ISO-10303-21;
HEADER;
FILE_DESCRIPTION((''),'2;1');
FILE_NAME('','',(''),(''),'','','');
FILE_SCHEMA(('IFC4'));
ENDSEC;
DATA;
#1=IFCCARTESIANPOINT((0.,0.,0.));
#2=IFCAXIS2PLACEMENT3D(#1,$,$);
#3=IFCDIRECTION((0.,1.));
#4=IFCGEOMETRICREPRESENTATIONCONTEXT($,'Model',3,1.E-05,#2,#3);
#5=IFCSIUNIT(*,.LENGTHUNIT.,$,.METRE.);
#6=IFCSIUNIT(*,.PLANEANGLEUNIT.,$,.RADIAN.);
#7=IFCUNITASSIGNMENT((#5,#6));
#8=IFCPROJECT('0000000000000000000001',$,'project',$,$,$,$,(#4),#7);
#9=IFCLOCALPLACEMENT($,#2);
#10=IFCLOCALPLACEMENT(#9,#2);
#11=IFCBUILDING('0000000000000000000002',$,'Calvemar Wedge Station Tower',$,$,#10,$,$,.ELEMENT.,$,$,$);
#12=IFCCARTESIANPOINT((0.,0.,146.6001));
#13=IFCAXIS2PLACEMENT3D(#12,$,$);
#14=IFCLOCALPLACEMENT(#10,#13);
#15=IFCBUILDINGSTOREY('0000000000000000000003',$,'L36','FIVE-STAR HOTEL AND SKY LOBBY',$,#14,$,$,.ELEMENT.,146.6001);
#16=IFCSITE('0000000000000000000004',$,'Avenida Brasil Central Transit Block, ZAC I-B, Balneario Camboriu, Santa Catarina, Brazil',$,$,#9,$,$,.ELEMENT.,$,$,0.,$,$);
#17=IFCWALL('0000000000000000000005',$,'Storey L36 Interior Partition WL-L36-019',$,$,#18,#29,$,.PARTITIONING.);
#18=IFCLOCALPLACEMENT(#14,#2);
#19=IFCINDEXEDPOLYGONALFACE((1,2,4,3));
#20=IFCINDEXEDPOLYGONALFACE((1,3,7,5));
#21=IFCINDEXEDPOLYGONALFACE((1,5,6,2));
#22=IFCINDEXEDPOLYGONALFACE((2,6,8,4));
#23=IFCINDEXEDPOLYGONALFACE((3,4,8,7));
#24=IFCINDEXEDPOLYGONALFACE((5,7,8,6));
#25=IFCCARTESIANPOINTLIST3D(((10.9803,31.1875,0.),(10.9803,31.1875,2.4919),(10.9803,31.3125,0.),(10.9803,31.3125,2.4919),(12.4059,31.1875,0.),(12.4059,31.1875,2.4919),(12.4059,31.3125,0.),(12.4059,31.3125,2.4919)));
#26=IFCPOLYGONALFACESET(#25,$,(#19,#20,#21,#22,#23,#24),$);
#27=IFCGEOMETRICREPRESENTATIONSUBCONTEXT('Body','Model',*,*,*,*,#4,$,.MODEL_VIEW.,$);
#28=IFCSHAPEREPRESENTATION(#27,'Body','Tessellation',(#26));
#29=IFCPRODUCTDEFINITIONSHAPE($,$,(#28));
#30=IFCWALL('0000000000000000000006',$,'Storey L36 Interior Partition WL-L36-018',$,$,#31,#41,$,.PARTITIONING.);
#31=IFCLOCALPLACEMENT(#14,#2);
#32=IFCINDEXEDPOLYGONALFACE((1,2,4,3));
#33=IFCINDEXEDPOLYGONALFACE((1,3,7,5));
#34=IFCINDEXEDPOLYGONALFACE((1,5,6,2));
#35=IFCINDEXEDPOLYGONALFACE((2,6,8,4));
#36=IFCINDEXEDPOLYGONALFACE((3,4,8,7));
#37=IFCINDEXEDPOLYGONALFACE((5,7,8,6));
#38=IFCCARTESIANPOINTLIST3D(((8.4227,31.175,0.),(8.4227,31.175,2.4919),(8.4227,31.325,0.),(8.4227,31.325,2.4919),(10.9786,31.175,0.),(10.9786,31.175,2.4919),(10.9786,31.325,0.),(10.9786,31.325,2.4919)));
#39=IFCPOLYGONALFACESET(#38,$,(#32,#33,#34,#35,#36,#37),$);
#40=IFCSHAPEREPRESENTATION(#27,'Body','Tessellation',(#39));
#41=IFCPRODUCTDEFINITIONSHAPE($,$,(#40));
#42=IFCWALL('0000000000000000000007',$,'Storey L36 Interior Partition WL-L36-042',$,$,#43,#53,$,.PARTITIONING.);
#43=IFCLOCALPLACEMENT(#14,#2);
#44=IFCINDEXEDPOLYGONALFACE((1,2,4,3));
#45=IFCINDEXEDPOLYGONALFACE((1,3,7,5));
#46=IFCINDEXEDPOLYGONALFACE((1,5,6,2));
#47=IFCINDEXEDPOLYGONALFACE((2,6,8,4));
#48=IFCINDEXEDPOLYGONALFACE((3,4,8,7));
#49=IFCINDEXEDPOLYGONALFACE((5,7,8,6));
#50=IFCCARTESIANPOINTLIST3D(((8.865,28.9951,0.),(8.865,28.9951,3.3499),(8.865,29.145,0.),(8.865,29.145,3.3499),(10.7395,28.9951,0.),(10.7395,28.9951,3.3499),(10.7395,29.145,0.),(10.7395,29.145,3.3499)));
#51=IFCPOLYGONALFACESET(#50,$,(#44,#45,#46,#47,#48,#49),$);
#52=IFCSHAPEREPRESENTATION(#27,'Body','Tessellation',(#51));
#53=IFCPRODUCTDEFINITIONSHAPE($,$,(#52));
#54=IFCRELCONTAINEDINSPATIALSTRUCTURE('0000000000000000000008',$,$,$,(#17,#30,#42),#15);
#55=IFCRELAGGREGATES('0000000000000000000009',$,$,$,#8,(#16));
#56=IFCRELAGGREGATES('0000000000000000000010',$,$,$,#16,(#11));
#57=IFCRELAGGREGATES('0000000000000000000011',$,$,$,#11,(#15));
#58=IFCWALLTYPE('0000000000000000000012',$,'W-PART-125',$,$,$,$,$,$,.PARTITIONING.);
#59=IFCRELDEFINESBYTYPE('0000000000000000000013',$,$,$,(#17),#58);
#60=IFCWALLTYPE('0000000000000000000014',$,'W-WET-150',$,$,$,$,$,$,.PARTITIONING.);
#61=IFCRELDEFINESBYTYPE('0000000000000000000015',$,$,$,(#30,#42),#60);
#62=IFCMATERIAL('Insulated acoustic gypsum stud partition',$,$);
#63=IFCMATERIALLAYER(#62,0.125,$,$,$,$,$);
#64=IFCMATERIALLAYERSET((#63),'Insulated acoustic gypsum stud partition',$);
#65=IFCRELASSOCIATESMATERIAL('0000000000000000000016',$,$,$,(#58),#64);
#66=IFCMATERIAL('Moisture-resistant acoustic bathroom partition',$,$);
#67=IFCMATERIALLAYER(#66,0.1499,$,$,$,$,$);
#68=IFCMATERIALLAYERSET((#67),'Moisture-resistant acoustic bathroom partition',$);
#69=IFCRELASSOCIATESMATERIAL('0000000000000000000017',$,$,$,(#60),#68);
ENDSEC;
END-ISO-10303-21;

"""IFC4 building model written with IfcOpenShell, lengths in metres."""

from ifc_helpers import new_model, si_unit, direction, frame, frame_2d, origin, place, context, subcontext, project, spatial, rectangle, extrude, material, layer, layer_set, type_object, element, save


model = new_model("IFC4")

# Units and contexts
model_context = context("Model", 3, precision=1e-05, world=origin(), true_north=direction((0.0, 1.0)))
body_context = subcontext(model_context, "Body", "Model", "MODEL_VIEW")
ifc_project = project(units=[si_unit("LENGTHUNIT", "METRE"), si_unit("PLANEANGLEUNIT", "RADIAN")], contexts=[model_context])

# Site, building, storey
site_placement = place(None, origin())
site = spatial("IfcSite", under=ifc_project, at=site_placement, Name="Avenida Brasil Central Transit Block, ZAC I-B, Balneario Camboriu, Santa Catarina, Brazil", CompositionType="ELEMENT", RefElevation=0.0)
building_placement = place(site_placement, origin())
building = spatial("IfcBuilding", under=site, at=building_placement, Name="Calvemar Wedge Station Tower", CompositionType="ELEMENT")
storey_placement = place(building_placement, frame((0.0, 0.0, 146.6001)))
storey = spatial("IfcBuildingStorey", under=building, at=storey_placement, Name="L36", Description="FIVE-STAR HOTEL AND SKY LOBBY", CompositionType="ELEMENT", Elevation=146.6001)

# Walls
ifc_material_1 = material(Name="Insulated acoustic gypsum stud partition")
ifc_layer_1 = layer(ifc_material_1, 0.125)
ifc_layer_set_1 = layer_set([ifc_layer_1], Name="Insulated acoustic gypsum stud partition")
wall_type_1 = type_object("IfcWallType", Name="W-PART-125", PredefinedType="PARTITIONING", material=ifc_layer_set_1)
wall_1_placement = place(storey_placement, frame((12.406, 31.25, 0.0), z_axis=(0.0, 0.0, 1.0), x_axis=(-1.0, 0.0, 0.0)))
element("IfcWall", 1, at=wall_1_placement, inside=storey, type_object=wall_type_1, Name="Storey L36 Interior Partition WL-L36-019", PredefinedType="PARTITIONING", context=body_context, shape_type="SweptSolid", body=[
    extrude(rectangle(XDim=1.4255, YDim=0.125, at=frame_2d((0.7129, 0.0))), origin(), (0.0, 0.0, 1.0), 2.4919),
])
ifc_material_2 = material(Name="Moisture-resistant acoustic bathroom partition")
ifc_layer_2 = layer(ifc_material_2, 0.1499)
ifc_layer_set_2 = layer_set([ifc_layer_2], Name="Moisture-resistant acoustic bathroom partition")
wall_type_2 = type_object("IfcWallType", Name="W-WET-150", PredefinedType="PARTITIONING", material=ifc_layer_set_2)
wall_2_placement = place(storey_placement, frame((10.9785, 31.25, 0.0), z_axis=(0.0, 0.0, 1.0), x_axis=(-1.0, 0.0, 0.0)))
element("IfcWall", 2, at=wall_2_placement, inside=storey, type_object=wall_type_2, Name="Storey L36 Interior Partition WL-L36-018", PredefinedType="PARTITIONING", context=body_context, shape_type="SweptSolid", body=[
    extrude(rectangle(XDim=2.5559, YDim=0.1499, at=frame_2d((1.2778, 0.0))), origin(), (0.0, 0.0, 1.0), 2.4919),
])

# Wall
wall_3_placement = place(storey_placement, frame((10.7395, 29.0701, 0.0), z_axis=(0.0, 0.0, 1.0), x_axis=(-1.0, 0.0, 0.0)))
element("IfcWall", 3, at=wall_3_placement, inside=storey, type_object=wall_type_2, Name="Storey L36 Interior Partition WL-L36-042", PredefinedType="PARTITIONING", context=body_context, shape_type="SweptSolid", body=[
    extrude(rectangle(XDim=1.8745, YDim=0.1499, at=frame_2d((0.9373, 0.0))), origin(), (0.0, 0.0, 1.0), 3.3499),
])

save(model, "model.ifc")
